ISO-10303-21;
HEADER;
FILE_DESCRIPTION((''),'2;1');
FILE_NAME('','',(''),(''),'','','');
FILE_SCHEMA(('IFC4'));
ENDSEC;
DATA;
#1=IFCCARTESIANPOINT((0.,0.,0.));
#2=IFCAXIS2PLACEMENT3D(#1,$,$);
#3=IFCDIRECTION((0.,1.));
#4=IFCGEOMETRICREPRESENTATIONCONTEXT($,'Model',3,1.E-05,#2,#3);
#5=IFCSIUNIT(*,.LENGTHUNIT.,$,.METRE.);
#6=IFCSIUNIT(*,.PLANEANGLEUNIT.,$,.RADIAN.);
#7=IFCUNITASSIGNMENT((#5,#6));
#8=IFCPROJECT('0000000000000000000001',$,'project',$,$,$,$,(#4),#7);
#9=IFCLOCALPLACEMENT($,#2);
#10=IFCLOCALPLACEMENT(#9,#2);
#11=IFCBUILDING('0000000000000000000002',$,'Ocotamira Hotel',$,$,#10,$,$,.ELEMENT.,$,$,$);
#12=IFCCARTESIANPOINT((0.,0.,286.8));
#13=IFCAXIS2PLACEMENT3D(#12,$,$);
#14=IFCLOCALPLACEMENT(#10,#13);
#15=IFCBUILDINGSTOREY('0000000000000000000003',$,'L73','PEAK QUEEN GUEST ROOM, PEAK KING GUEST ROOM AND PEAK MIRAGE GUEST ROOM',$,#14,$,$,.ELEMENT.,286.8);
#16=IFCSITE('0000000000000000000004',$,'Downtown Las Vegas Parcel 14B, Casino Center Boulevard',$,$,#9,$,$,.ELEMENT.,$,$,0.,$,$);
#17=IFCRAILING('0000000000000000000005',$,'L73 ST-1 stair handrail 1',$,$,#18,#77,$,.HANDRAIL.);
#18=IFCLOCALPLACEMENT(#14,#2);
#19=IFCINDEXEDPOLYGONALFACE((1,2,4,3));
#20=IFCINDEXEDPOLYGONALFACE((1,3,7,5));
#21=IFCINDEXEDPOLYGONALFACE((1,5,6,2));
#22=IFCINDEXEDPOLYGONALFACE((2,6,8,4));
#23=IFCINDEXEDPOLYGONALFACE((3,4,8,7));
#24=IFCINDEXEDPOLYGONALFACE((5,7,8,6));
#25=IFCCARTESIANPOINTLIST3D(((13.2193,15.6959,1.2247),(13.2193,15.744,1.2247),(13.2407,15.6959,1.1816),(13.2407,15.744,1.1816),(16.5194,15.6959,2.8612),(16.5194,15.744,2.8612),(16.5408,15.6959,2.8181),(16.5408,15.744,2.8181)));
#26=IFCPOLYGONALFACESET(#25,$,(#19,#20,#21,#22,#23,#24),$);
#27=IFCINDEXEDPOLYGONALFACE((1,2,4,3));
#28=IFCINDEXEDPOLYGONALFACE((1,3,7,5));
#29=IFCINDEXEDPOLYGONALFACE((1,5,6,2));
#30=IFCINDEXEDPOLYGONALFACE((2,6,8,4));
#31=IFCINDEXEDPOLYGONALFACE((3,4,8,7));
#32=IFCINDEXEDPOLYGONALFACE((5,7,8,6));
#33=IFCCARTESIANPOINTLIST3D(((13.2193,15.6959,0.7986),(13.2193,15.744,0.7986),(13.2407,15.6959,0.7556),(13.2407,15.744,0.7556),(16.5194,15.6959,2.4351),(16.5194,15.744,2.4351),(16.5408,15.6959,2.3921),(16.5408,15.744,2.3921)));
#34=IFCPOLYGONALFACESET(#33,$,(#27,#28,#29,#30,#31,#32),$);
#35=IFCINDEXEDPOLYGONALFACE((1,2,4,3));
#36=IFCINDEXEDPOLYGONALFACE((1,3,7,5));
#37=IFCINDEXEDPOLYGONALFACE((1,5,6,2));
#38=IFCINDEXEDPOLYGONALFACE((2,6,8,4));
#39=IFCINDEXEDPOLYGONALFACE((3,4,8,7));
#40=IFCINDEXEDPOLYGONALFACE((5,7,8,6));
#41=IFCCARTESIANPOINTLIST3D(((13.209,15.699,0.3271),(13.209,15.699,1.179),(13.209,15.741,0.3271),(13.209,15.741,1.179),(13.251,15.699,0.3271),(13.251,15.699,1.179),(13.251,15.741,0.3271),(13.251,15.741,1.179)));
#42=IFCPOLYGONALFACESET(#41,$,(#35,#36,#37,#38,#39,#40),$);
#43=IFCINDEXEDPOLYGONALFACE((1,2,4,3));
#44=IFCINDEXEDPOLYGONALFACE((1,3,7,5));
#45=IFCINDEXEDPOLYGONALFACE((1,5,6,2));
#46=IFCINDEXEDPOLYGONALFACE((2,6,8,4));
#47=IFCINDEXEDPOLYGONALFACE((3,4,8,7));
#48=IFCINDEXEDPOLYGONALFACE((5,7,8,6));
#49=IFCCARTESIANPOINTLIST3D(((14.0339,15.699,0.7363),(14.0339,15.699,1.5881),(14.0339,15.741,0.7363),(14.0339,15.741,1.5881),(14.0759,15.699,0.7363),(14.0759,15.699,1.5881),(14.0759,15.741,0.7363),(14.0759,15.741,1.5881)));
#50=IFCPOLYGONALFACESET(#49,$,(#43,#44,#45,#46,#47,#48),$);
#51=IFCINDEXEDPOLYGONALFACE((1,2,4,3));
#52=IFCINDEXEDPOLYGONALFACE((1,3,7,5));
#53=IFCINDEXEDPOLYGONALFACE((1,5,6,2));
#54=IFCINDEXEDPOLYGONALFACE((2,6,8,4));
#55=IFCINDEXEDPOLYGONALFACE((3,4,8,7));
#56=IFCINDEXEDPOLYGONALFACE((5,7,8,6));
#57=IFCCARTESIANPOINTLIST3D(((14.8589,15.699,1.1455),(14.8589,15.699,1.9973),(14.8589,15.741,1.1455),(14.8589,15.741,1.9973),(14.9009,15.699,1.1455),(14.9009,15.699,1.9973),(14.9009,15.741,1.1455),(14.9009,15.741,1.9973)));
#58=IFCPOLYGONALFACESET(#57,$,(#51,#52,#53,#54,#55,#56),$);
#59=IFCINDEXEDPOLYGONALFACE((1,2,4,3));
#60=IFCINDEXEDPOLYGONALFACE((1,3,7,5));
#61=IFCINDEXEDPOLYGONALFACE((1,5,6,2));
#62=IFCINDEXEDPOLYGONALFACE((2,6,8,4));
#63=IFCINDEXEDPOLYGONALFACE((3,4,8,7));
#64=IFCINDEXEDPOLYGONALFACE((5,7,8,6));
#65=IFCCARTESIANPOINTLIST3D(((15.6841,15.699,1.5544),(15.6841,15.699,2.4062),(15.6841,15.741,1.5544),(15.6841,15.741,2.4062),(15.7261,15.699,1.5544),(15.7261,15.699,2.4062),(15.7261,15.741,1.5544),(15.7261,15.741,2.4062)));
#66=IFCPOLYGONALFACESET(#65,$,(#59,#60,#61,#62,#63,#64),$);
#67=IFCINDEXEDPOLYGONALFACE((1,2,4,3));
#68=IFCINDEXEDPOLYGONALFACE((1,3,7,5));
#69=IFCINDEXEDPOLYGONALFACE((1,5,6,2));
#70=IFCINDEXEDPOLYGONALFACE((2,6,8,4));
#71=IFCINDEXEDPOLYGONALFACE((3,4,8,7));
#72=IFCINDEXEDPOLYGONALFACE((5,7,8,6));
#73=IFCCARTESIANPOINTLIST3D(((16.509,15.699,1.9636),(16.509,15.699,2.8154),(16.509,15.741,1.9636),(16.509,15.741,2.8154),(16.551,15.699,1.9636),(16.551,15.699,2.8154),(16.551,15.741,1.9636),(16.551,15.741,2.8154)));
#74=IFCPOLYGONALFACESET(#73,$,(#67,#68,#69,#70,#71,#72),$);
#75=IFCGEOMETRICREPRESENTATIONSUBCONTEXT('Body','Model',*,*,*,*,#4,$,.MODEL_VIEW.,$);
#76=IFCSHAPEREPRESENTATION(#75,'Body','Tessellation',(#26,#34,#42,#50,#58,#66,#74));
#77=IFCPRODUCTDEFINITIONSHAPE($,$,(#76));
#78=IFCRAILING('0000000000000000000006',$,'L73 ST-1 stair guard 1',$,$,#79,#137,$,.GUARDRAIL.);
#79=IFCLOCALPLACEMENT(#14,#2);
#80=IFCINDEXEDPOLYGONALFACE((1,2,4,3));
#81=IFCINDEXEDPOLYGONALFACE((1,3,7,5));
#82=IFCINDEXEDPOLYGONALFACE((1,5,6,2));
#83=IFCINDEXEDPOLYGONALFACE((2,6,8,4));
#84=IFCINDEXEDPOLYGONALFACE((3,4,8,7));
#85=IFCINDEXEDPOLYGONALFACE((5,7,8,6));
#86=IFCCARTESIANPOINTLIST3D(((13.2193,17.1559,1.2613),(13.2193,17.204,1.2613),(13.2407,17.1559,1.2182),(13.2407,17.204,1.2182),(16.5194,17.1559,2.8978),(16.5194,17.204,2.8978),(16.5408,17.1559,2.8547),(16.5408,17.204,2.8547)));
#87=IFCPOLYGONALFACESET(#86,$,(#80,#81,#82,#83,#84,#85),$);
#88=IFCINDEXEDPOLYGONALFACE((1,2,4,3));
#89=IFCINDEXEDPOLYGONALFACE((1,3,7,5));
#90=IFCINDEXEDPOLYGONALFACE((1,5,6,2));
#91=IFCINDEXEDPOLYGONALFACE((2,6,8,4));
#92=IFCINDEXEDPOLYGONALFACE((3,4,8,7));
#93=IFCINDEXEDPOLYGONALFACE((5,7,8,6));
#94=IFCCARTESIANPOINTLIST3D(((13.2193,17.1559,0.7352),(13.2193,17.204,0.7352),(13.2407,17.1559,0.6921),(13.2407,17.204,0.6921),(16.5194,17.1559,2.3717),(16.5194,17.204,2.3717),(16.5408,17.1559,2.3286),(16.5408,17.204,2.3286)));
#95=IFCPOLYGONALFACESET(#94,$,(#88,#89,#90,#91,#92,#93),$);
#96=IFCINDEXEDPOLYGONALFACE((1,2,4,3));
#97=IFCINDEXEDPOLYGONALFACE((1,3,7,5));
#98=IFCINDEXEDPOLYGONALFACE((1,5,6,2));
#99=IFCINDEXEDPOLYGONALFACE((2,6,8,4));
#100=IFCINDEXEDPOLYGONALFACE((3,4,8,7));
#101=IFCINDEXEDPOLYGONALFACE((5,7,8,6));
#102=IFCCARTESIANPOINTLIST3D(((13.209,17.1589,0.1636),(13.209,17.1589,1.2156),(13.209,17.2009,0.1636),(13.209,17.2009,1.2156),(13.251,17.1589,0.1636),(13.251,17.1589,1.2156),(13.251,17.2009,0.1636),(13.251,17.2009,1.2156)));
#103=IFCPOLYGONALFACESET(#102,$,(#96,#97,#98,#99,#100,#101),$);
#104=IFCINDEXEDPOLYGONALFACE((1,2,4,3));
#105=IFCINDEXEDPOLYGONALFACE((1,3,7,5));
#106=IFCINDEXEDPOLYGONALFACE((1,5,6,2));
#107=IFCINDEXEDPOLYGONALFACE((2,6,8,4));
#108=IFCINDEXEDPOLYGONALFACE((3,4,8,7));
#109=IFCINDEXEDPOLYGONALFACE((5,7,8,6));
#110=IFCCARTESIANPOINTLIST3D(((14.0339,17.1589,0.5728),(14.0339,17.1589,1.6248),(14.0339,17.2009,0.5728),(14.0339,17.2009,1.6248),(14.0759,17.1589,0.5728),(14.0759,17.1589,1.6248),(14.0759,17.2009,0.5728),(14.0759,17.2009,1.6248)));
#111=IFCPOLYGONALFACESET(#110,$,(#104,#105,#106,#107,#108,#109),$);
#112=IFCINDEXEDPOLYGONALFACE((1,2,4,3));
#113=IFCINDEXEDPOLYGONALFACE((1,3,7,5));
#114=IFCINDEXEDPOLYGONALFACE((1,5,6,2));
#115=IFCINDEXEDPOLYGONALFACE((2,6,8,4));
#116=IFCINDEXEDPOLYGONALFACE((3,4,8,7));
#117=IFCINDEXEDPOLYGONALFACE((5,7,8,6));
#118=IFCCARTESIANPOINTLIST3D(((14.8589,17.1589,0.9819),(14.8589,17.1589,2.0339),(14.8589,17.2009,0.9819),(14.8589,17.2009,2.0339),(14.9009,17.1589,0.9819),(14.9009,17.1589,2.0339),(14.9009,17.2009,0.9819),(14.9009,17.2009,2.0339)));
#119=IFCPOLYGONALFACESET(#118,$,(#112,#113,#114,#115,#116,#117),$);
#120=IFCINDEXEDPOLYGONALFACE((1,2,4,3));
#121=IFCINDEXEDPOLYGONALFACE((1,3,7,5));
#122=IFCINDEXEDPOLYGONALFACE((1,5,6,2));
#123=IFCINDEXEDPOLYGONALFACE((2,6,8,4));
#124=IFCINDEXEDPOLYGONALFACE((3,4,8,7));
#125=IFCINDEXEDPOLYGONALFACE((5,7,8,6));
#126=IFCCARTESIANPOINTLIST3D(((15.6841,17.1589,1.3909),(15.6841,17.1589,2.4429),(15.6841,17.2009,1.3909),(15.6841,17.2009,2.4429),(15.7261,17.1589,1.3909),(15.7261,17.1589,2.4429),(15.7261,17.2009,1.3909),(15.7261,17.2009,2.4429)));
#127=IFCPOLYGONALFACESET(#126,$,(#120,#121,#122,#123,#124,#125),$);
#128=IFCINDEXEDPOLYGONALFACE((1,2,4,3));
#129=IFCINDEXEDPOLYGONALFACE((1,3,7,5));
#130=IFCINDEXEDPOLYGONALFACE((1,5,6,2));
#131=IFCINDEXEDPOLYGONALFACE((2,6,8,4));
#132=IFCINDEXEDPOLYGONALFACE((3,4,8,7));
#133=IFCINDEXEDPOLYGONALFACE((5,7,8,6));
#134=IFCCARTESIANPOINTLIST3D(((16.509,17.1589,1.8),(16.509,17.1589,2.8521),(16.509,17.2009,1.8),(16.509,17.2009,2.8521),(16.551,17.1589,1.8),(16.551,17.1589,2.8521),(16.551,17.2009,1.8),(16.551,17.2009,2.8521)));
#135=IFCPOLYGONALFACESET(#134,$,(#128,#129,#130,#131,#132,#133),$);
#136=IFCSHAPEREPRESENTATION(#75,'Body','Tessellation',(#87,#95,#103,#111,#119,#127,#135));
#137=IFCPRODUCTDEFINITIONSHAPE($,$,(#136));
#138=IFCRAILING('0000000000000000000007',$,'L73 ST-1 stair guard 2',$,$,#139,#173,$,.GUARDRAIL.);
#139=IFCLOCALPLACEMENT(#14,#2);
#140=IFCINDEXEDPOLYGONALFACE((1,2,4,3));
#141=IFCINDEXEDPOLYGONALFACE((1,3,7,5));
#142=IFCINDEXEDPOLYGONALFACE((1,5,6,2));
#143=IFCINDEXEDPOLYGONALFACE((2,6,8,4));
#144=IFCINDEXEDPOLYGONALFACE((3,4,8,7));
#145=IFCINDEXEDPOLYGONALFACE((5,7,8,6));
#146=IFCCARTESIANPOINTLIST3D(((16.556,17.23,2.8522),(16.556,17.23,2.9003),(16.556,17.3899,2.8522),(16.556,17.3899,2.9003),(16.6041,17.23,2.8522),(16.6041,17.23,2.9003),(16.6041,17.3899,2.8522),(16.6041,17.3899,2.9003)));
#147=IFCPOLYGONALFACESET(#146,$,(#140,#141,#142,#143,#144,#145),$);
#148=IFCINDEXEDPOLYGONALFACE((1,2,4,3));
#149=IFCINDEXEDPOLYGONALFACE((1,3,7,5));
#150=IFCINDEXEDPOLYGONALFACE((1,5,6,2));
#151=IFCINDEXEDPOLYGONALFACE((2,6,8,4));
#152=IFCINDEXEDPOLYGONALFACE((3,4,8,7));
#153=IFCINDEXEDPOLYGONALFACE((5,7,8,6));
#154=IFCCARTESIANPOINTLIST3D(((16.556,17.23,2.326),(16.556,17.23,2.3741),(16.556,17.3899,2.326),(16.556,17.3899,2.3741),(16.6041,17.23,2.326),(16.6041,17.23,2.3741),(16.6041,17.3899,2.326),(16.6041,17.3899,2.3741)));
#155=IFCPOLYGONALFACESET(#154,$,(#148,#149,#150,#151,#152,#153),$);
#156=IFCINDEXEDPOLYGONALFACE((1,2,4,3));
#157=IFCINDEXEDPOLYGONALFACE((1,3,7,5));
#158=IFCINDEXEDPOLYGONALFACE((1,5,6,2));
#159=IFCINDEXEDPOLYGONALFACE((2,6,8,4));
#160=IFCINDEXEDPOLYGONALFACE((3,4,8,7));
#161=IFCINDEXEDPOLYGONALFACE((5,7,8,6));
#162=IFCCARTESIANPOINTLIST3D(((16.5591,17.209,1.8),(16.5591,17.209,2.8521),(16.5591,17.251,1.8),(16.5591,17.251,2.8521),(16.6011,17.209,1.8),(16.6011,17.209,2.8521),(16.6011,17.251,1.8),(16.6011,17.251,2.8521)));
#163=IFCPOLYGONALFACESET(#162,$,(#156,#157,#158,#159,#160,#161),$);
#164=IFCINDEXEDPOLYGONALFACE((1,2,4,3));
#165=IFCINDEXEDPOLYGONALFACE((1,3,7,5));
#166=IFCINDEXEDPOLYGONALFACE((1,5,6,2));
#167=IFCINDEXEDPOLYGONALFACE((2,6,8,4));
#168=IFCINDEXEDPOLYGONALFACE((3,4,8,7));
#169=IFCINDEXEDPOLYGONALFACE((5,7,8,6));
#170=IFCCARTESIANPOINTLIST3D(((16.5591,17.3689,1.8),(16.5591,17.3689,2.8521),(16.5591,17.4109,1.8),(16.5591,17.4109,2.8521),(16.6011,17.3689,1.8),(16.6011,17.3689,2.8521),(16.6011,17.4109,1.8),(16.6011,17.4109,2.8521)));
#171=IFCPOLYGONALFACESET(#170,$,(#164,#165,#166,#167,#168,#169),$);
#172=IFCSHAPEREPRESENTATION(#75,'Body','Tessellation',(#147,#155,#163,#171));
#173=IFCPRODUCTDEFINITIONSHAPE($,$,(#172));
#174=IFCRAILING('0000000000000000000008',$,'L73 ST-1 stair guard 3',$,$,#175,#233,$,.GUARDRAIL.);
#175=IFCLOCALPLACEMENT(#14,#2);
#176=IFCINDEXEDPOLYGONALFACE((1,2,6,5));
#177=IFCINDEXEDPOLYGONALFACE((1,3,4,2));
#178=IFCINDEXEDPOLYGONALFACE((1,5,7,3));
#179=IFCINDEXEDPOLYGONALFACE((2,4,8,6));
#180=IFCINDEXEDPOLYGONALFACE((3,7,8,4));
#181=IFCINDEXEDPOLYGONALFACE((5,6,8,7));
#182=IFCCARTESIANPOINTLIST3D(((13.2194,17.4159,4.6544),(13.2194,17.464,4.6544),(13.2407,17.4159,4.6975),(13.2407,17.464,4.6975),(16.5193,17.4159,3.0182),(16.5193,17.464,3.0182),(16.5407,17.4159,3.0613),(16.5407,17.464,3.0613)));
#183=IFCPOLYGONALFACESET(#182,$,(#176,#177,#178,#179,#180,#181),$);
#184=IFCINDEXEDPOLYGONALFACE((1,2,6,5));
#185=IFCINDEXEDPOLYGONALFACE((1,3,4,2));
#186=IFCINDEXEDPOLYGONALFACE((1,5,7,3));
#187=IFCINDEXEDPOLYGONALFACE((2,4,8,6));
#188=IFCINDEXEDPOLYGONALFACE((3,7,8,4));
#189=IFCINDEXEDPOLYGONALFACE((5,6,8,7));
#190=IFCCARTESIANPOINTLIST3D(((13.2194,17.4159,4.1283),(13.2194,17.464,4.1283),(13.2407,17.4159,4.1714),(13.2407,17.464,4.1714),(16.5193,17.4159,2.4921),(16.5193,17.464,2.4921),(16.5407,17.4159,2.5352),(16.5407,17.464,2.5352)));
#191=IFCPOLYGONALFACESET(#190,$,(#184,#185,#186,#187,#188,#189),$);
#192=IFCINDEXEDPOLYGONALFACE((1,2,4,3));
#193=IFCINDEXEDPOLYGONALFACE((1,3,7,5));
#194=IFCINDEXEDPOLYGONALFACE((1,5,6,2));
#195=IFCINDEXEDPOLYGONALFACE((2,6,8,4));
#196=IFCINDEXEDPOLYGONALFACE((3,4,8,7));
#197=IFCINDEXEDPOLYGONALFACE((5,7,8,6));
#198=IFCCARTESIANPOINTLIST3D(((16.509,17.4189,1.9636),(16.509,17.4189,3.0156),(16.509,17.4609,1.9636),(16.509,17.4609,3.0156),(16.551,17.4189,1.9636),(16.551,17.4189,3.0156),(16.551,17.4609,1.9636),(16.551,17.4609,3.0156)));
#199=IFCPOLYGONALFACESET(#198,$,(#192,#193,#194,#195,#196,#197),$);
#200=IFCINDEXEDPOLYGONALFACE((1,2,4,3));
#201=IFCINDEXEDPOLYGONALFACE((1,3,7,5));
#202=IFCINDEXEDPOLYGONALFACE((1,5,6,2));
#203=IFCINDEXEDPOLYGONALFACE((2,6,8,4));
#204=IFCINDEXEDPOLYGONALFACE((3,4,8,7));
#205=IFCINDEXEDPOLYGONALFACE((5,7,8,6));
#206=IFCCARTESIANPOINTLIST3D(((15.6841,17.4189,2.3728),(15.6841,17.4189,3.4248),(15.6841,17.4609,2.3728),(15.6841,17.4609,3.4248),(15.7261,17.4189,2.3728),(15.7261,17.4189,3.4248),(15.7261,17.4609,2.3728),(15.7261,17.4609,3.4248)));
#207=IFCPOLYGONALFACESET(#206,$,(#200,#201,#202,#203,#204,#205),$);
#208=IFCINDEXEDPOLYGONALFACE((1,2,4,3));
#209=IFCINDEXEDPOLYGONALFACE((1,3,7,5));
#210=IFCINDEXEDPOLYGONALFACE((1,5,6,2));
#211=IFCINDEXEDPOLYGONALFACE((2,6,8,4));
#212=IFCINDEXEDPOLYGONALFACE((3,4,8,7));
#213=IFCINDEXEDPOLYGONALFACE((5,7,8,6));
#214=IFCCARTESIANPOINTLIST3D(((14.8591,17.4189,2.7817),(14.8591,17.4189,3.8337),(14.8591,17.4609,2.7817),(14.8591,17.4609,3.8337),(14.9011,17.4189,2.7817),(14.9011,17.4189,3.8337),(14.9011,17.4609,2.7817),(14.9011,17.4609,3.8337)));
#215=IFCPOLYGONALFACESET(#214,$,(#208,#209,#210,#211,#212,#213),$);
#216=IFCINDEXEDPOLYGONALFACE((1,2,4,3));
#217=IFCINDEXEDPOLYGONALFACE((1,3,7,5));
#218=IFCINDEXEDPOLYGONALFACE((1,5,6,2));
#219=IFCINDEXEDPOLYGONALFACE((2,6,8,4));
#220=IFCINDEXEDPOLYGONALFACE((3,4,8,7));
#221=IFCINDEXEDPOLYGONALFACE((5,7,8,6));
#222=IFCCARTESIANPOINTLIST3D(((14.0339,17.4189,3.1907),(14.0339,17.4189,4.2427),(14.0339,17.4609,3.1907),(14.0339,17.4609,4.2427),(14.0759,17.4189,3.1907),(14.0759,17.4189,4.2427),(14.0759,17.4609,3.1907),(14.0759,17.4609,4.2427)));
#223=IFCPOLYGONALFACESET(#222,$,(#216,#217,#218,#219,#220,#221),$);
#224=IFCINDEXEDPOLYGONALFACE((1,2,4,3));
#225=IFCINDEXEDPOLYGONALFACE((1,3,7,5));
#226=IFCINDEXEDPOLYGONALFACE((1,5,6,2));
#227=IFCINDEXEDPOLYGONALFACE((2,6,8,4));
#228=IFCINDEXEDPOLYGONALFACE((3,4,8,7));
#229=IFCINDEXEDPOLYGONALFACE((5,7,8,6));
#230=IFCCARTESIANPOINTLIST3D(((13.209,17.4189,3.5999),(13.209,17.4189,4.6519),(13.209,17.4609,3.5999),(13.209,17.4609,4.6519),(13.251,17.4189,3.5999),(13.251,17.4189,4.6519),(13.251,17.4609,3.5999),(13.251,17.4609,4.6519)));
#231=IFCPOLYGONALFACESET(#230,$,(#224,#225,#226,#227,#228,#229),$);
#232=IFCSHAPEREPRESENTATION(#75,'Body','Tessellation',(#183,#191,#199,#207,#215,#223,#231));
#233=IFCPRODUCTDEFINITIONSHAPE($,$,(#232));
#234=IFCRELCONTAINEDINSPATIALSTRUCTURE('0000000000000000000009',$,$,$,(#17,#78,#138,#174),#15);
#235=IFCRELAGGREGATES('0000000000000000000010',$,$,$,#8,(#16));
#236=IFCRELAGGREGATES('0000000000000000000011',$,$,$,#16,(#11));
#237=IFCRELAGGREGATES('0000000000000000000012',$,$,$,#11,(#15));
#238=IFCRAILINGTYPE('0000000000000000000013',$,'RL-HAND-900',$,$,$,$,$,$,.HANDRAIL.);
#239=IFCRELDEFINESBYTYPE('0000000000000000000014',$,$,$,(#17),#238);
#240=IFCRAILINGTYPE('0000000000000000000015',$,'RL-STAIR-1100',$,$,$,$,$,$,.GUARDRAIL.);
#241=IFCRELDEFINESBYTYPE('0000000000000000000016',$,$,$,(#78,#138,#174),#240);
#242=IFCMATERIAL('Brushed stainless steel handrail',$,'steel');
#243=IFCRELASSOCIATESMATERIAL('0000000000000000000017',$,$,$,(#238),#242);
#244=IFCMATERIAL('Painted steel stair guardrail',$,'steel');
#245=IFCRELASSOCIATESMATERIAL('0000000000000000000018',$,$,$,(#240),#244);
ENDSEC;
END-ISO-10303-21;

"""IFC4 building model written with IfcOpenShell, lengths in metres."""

from ifc_helpers import new_model, si_unit, direction, frame, origin, origin_2d, place, context, subcontext, project, spatial, rectangle, extrude, material, type_object, element, save


model = new_model("IFC4")

# Units and contexts
model_context = context("Model", 3, precision=1e-05, world=origin(), true_north=direction((0.0, 1.0)))
body_context = subcontext(model_context, "Body", "Model", "MODEL_VIEW")
ifc_project = project(units=[si_unit("LENGTHUNIT", "METRE"), si_unit("PLANEANGLEUNIT", "RADIAN")], contexts=[model_context])

# Site, building, storey
site_placement = place(None, origin())
site = spatial("IfcSite", under=ifc_project, at=site_placement, Name="Downtown Las Vegas Parcel 14B, Casino Center Boulevard", CompositionType="ELEMENT", RefElevation=0.0)
building_placement = place(site_placement, origin())
building = spatial("IfcBuilding", under=site, at=building_placement, Name="Ocotamira Hotel", CompositionType="ELEMENT")
storey_placement = place(building_placement, frame((0.0, 0.0, 286.8)))
storey = spatial("IfcBuildingStorey", under=building, at=storey_placement, Name="L73", Description="PEAK QUEEN GUEST ROOM, PEAK KING GUEST ROOM AND PEAK MIRAGE GUEST ROOM", CompositionType="ELEMENT", Elevation=286.8)

# Railings
ifc_material_1 = material(Name="Brushed stainless steel handrail", Category="steel")
railing_type_1 = type_object("IfcRailingType", Name="RL-HAND-900", PredefinedType="HANDRAIL", material=ifc_material_1)
railing_1_placement = place(storey_placement, frame((13.23, 15.72, 0.3271)))
element("IfcRailing", 1, at=railing_1_placement, inside=storey, type_object=railing_type_1, Name="L73 ST-1 stair handrail 1", PredefinedType="HANDRAIL", context=body_context, shape_type="SweptSolid", body=[
    extrude(rectangle(XDim=0.0481, YDim=0.0481, at=origin_2d()), frame((0.0, 0.0, 0.876), z_axis=(0.895894, 0.0, 0.444268), x_axis=(0.0, 1.0, 0.0)), (0.0, 0.0, 1.0), 3.6836),
    extrude(rectangle(XDim=0.0481, YDim=0.0481, at=origin_2d()), frame((0.0, 0.0, 0.45), z_axis=(0.895894, 0.0, 0.444268), x_axis=(0.0, 1.0, 0.0)), (0.0, 0.0, 1.0), 3.6836),
    extrude(rectangle(XDim=0.042, YDim=0.042, at=origin_2d()), origin(), (0.0, 0.0, 1.0), 0.8518),
    extrude(rectangle(XDim=0.042, YDim=0.042, at=origin_2d()), frame((0.825, 0.0, 0.4092)), (0.0, 0.0, 1.0), 0.8518),
    extrude(rectangle(XDim=0.042, YDim=0.042, at=origin_2d()), frame((1.6499, 0.0, 0.8184)), (0.0, 0.0, 1.0), 0.8518),
    extrude(rectangle(XDim=0.042, YDim=0.042, at=origin_2d()), frame((2.4751, 0.0, 1.2273)), (0.0, 0.0, 1.0), 0.8518),
    extrude(rectangle(XDim=0.042, YDim=0.042, at=origin_2d()), frame((3.3, 0.0, 1.6365)), (0.0, 0.0, 1.0), 0.8518),
])
ifc_material_2 = material(Name="Painted steel stair guardrail", Category="steel")
railing_type_2 = type_object("IfcRailingType", Name="RL-STAIR-1100", PredefinedType="GUARDRAIL", material=ifc_material_2)
railing_2_placement = place(storey_placement, frame((13.23, 17.1799, 0.1636)))
element("IfcRailing", 2, at=railing_2_placement, inside=storey, type_object=railing_type_2, Name="L73 ST-1 stair guard 1", PredefinedType="GUARDRAIL", context=body_context, shape_type="SweptSolid", body=[
    extrude(rectangle(XDim=0.0481, YDim=0.0481, at=origin_2d()), frame((0.0, 0.0, 1.0762), z_axis=(0.895894, 0.0, 0.444268), x_axis=(0.0, 1.0, 0.0)), (0.0, 0.0, 1.0), 3.6836),
    extrude(rectangle(XDim=0.0481, YDim=0.0481, at=origin_2d()), frame((0.0, 0.0, 0.55), z_axis=(0.895894, 0.0, 0.444268), x_axis=(0.0, 1.0, 0.0)), (0.0, 0.0, 1.0), 3.6836),
    extrude(rectangle(XDim=0.042, YDim=0.042, at=origin_2d()), origin(), (0.0, 0.0, 1.0), 1.052),
    extrude(rectangle(XDim=0.042, YDim=0.042, at=origin_2d()), frame((0.825, 0.0, 0.4092)), (0.0, 0.0, 1.0), 1.052),
    extrude(rectangle(XDim=0.042, YDim=0.042, at=origin_2d()), frame((1.6499, 0.0, 0.8184)), (0.0, 0.0, 1.0), 1.052),
    extrude(rectangle(XDim=0.042, YDim=0.042, at=origin_2d()), frame((2.4751, 0.0, 1.2273)), (0.0, 0.0, 1.0), 1.052),
    extrude(rectangle(XDim=0.042, YDim=0.042, at=origin_2d()), frame((3.3, 0.0, 1.6365)), (0.0, 0.0, 1.0), 1.052),
])
railing_3_placement = place(storey_placement, frame((16.5801, 17.23, 1.8)))
element("IfcRailing", 3, at=railing_3_placement, inside=storey, type_object=railing_type_2, Name="L73 ST-1 stair guard 2", PredefinedType="GUARDRAIL", context=body_context, shape_type="SweptSolid", body=[
    extrude(rectangle(XDim=0.0481, YDim=0.0481, at=origin_2d()), frame((0.0, 0.0, 1.0762), z_axis=(0.0, 1.0, 0.0), x_axis=(-1.0, 0.0, 0.0)), (0.0, 0.0, 1.0), 0.1599),
    extrude(rectangle(XDim=0.0481, YDim=0.0481, at=origin_2d()), frame((0.0, 0.0, 0.55), z_axis=(0.0, 1.0, 0.0), x_axis=(-1.0, 0.0, 0.0)), (0.0, 0.0, 1.0), 0.1599),
    extrude(rectangle(XDim=0.042, YDim=0.042, at=origin_2d()), origin(), (0.0, 0.0, 1.0), 1.052),
    extrude(rectangle(XDim=0.042, YDim=0.042, at=origin_2d()), frame((0.0, 0.1599, 0.0)), (0.0, 0.0, 1.0), 1.052),
])
railing_4_placement = place(storey_placement, frame((16.53, 17.4399, 1.9636)))
element("IfcRailing", 4, at=railing_4_placement, inside=storey, type_object=railing_type_2, Name="L73 ST-1 stair guard 3", PredefinedType="GUARDRAIL", context=body_context, shape_type="SweptSolid", body=[
    extrude(rectangle(XDim=0.0481, YDim=0.0481, at=origin_2d()), frame((0.0, 0.0, 1.0762), z_axis=(-0.89592, 0.0, 0.444215), x_axis=(0.0, -1.0, 0.0)), (0.0, 0.0, 1.0), 3.6833),
    extrude(rectangle(XDim=0.0481, YDim=0.0481, at=origin_2d()), frame((0.0, 0.0, 0.55), z_axis=(-0.89592, 0.0, 0.444215), x_axis=(0.0, -1.0, 0.0)), (0.0, 0.0, 1.0), 3.6833),
    extrude(rectangle(XDim=0.042, YDim=0.042, at=origin_2d()), origin(), (0.0, 0.0, 1.0), 1.052),
    extrude(rectangle(XDim=0.042, YDim=0.042, at=origin_2d()), frame((-0.825, 0.0, 0.4092)), (0.0, 0.0, 1.0), 1.052),
    extrude(rectangle(XDim=0.042, YDim=0.042, at=origin_2d()), frame((-1.6499, 0.0, 0.8181)), (0.0, 0.0, 1.0), 1.052),
    extrude(rectangle(XDim=0.042, YDim=0.042, at=origin_2d()), frame((-2.4751, 0.0, 1.2271)), (0.0, 0.0, 1.0), 1.052),
    extrude(rectangle(XDim=0.042, YDim=0.042, at=origin_2d()), frame((-3.3, 0.0, 1.6362)), (0.0, 0.0, 1.0), 1.052),
])

save(model, "model.ifc")
